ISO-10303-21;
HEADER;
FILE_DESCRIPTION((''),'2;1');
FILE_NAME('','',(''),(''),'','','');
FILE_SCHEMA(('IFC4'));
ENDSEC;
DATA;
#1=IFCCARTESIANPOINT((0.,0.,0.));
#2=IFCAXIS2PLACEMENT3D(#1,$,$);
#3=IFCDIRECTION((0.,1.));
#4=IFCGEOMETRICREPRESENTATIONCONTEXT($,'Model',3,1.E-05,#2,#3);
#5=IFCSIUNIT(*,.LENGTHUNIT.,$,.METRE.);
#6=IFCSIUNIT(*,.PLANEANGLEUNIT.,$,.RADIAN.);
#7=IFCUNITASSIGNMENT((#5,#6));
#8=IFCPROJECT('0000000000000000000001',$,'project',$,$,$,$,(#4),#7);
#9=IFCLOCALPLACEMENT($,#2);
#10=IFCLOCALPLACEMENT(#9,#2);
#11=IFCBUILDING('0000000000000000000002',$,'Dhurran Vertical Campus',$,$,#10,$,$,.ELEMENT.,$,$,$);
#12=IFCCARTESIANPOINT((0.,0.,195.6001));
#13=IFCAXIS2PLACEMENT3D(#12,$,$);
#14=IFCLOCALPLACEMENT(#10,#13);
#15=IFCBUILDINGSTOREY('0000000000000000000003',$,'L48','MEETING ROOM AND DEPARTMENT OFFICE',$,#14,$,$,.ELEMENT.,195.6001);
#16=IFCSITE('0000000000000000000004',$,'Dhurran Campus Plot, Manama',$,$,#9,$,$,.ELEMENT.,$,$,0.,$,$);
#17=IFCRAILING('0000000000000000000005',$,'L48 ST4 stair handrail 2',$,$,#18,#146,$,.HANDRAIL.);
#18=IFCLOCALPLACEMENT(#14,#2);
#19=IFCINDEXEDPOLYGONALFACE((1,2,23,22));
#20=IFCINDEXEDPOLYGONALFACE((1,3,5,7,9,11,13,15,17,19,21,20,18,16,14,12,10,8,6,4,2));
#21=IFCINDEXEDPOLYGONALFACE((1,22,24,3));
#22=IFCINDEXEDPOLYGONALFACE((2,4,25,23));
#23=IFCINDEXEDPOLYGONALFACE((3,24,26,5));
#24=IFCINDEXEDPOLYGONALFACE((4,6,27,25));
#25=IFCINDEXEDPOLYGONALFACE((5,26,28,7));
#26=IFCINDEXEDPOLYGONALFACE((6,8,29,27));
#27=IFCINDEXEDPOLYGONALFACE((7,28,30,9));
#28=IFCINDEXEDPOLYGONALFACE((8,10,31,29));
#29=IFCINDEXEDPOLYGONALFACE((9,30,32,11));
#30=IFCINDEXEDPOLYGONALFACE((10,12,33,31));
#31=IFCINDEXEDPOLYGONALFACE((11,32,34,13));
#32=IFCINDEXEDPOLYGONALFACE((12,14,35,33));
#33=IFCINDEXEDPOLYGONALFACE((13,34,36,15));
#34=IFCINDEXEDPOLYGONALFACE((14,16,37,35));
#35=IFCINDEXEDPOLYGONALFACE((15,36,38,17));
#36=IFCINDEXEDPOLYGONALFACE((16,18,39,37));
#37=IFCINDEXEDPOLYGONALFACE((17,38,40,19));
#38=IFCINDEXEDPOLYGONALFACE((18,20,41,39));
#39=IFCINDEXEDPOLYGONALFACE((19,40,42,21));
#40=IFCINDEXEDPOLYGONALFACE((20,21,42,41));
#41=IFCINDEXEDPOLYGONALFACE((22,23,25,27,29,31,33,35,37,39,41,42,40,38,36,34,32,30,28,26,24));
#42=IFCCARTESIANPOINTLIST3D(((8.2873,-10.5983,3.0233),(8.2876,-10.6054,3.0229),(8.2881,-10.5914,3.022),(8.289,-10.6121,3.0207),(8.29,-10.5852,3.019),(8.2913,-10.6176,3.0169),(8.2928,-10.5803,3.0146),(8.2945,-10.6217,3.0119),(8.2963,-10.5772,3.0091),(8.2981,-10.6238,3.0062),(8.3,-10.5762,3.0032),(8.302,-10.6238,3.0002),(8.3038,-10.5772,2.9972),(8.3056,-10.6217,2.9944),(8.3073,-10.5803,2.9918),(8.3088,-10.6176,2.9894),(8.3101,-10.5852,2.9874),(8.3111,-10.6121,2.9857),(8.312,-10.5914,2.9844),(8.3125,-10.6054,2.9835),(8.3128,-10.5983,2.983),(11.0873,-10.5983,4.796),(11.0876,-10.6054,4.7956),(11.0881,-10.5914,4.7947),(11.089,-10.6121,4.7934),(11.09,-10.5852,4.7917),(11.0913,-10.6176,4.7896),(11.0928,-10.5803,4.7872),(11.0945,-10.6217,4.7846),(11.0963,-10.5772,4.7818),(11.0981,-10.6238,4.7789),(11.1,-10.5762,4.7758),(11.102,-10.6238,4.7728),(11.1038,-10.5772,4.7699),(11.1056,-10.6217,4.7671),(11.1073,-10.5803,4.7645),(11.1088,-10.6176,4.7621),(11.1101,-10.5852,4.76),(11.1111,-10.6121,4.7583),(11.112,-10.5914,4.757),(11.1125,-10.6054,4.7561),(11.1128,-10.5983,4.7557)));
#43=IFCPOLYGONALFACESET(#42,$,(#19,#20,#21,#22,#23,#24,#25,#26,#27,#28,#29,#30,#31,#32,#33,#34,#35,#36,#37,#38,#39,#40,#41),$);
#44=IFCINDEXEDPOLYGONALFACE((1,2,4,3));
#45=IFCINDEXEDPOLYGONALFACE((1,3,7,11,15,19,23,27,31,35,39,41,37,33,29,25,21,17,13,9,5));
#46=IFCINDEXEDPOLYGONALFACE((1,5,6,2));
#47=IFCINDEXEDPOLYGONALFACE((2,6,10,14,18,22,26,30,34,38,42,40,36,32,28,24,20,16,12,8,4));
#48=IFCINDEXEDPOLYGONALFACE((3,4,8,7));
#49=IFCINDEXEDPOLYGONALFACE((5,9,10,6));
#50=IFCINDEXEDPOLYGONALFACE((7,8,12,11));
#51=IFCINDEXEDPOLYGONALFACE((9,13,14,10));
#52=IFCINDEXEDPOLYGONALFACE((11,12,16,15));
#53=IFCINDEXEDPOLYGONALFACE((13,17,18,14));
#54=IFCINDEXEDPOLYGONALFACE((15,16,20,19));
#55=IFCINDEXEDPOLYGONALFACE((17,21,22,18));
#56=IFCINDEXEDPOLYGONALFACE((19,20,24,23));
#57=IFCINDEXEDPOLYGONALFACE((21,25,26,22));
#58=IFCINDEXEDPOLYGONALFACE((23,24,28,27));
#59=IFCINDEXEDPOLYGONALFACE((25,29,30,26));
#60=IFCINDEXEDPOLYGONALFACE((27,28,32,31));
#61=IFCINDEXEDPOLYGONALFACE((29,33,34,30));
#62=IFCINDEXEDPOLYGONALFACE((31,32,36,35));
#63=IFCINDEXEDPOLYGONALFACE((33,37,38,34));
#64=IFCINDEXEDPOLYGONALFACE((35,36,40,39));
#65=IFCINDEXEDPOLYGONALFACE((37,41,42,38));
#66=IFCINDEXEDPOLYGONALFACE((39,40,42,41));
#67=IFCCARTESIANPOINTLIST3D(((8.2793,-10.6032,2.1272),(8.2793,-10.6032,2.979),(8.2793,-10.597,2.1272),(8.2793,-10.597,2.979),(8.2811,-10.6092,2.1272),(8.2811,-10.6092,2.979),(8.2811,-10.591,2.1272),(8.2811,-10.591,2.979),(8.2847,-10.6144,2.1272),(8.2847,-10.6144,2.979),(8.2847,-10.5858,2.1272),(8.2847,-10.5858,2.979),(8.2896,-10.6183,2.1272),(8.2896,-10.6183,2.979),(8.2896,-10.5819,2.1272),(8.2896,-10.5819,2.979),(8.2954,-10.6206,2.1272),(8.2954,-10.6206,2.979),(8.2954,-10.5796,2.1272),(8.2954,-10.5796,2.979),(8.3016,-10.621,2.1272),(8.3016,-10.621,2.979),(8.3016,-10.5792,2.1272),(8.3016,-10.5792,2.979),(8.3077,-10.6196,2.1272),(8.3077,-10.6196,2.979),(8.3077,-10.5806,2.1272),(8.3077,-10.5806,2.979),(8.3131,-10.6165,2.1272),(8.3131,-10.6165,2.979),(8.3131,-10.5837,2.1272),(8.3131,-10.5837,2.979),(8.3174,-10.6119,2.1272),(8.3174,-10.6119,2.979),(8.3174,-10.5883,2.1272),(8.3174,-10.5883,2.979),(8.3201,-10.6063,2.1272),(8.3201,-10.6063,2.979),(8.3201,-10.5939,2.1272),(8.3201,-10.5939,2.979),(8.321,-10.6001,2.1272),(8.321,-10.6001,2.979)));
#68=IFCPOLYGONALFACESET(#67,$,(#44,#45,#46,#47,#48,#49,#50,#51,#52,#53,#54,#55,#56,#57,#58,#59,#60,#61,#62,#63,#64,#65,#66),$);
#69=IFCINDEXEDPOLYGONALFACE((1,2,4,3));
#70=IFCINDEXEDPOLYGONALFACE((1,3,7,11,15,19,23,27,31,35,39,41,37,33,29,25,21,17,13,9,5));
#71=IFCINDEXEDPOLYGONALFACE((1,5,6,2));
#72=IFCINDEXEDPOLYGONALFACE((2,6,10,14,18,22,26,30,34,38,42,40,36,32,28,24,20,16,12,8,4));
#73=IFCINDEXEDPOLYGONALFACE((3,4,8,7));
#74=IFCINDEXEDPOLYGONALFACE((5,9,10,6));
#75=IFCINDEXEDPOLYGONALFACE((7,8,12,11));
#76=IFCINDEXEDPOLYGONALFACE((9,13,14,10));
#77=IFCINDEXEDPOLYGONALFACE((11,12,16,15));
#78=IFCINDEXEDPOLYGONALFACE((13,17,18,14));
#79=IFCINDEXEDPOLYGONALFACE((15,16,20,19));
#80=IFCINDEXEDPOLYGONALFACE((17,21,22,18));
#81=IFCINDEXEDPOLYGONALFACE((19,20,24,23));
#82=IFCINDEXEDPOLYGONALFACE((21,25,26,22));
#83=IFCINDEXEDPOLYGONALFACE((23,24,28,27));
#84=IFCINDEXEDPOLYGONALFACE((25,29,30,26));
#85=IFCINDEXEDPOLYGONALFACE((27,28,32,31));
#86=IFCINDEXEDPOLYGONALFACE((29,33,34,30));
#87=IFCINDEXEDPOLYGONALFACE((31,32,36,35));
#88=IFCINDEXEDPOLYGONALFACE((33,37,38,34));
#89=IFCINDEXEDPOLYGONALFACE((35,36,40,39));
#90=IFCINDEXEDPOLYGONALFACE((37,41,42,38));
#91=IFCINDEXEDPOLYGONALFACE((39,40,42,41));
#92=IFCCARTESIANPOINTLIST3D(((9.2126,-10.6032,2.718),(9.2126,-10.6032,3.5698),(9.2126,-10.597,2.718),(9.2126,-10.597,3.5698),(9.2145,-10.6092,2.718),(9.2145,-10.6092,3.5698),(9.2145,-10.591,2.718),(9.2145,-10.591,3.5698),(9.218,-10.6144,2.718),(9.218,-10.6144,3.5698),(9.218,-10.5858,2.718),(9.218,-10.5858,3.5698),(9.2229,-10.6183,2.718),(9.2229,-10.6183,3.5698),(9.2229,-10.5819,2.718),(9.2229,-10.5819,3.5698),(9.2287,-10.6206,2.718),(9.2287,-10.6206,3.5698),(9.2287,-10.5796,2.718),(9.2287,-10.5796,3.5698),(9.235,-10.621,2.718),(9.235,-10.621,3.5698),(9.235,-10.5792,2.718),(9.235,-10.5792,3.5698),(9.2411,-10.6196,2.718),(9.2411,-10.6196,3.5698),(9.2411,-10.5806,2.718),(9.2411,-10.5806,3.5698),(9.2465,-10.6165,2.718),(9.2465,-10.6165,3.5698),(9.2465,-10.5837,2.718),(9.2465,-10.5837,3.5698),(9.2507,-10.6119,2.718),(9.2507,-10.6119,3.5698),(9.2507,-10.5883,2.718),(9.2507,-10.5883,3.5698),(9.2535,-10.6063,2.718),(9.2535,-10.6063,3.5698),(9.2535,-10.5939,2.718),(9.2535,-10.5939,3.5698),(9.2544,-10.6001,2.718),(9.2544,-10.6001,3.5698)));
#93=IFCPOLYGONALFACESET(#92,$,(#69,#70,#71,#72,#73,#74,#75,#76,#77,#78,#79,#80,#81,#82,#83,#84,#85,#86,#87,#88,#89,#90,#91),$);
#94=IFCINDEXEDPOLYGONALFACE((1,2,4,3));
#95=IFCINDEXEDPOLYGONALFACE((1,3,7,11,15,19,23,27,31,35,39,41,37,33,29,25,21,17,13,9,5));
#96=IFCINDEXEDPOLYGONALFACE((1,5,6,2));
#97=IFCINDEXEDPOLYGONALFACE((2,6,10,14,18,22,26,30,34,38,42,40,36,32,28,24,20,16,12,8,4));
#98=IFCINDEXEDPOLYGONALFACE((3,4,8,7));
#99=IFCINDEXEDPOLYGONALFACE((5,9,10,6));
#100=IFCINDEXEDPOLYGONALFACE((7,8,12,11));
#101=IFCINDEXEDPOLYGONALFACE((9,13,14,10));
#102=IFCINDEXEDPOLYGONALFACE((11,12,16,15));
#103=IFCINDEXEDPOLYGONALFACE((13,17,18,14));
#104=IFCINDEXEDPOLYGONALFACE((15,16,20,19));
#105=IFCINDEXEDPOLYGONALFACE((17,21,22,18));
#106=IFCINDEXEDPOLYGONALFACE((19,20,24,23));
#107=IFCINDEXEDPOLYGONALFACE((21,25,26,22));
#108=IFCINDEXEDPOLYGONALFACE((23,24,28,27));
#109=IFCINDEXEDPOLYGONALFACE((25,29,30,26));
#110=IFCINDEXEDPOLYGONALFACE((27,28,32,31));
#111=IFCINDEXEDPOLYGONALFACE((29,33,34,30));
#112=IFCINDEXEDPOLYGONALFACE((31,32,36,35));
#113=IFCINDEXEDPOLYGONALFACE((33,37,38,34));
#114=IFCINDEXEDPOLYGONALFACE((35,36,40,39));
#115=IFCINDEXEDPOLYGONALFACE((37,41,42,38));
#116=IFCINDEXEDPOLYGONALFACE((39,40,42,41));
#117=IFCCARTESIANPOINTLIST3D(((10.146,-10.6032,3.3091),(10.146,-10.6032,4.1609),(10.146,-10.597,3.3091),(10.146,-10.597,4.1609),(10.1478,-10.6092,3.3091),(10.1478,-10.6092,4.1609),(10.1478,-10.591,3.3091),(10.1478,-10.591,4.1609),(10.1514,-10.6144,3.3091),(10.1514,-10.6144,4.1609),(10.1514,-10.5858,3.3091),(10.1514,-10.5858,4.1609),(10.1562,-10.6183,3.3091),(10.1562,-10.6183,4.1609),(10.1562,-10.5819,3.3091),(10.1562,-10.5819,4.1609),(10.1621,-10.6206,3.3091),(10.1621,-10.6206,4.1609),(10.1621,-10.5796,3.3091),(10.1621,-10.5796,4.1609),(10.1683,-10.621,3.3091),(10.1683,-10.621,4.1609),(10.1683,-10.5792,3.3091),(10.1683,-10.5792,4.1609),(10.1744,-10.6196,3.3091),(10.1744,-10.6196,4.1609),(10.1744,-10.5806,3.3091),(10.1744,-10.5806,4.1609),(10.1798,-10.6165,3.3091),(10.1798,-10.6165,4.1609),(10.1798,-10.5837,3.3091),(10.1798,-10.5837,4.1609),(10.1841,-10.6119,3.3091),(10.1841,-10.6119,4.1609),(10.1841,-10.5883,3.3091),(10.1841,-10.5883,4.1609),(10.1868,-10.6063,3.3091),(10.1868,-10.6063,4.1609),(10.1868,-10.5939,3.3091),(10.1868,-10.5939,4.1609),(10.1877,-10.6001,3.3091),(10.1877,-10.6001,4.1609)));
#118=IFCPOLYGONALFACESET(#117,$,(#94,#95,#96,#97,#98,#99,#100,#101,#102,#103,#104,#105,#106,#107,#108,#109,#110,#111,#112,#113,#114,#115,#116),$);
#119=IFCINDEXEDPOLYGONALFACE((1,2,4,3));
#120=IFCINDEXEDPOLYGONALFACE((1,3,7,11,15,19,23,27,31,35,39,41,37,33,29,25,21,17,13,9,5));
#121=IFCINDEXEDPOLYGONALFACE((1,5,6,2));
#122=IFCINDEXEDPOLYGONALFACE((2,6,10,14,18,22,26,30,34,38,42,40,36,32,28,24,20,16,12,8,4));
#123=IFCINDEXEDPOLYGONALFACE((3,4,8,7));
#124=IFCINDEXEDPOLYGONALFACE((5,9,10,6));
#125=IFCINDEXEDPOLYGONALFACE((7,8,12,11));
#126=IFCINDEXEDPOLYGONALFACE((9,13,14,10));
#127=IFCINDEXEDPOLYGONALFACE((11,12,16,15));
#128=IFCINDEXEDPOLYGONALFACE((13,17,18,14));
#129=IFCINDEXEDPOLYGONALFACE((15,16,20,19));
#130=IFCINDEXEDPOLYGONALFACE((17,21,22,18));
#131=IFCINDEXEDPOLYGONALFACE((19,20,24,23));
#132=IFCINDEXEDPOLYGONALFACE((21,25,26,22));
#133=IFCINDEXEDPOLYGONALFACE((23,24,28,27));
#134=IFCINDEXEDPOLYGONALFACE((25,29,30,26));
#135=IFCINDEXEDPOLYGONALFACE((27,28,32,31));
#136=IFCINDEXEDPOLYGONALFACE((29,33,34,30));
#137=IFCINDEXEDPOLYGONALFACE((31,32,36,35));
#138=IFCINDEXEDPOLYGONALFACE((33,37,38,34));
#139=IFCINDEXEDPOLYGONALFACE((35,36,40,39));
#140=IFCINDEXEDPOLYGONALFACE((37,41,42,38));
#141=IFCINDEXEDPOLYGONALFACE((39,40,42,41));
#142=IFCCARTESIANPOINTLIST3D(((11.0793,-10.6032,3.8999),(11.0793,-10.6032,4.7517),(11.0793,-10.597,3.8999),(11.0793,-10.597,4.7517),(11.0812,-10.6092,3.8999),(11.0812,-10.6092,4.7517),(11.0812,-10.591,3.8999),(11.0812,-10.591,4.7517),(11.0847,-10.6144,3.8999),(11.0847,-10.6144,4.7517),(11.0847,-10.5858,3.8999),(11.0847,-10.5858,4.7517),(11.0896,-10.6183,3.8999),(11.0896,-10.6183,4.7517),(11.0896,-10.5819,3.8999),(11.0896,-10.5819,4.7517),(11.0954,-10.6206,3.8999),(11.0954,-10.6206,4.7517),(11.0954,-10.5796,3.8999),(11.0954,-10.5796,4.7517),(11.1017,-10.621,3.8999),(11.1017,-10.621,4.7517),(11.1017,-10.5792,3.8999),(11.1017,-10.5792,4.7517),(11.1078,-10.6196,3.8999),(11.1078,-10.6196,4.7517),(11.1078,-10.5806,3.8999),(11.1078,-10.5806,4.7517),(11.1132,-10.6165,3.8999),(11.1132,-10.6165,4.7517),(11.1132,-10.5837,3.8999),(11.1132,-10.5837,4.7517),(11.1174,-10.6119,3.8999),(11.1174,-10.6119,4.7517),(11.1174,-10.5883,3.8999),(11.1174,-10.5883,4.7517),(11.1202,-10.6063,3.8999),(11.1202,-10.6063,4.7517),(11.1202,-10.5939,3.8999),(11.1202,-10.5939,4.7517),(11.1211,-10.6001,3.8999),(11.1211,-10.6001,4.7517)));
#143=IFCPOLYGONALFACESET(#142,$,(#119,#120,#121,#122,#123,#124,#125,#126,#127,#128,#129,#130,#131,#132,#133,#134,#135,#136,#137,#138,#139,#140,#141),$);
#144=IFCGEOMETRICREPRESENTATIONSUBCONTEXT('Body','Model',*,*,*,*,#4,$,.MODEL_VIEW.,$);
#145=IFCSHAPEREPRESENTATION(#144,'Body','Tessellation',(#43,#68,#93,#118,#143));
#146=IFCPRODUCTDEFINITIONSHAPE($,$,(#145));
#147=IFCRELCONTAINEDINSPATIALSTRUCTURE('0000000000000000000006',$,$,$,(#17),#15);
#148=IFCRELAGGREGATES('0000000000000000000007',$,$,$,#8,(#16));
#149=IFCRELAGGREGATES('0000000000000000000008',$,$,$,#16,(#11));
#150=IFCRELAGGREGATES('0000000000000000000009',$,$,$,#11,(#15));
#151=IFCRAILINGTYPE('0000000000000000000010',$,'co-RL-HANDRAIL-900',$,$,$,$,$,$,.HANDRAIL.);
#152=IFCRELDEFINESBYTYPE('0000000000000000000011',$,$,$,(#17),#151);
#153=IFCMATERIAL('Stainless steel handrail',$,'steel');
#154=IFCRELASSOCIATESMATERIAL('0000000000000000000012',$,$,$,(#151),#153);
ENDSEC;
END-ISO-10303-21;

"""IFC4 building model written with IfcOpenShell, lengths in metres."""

from ifc_helpers import new_model, si_unit, direction, frame, origin, origin_2d, place, context, subcontext, project, spatial, circle, extrude, material, type_object, element, save


model = new_model("IFC4")

# Units and contexts
model_context = context("Model", 3, precision=1e-05, world=origin(), true_north=direction((0.0, 1.0)))
body_context = subcontext(model_context, "Body", "Model", "MODEL_VIEW")
ifc_project = project(units=[si_unit("LENGTHUNIT", "METRE"), si_unit("PLANEANGLEUNIT", "RADIAN")], contexts=[model_context])

# Site, building, storey
site_placement = place(None, origin())
site = spatial("IfcSite", under=ifc_project, at=site_placement, Name="Dhurran Campus Plot, Manama", CompositionType="ELEMENT", RefElevation=0.0)
building_placement = place(site_placement, origin())
building = spatial("IfcBuilding", under=site, at=building_placement, Name="Dhurran Vertical Campus", CompositionType="ELEMENT")
storey_placement = place(building_placement, frame((0.0, 0.0, 195.6001)))
storey = spatial("IfcBuildingStorey", under=building, at=storey_placement, Name="L48", Description="MEETING ROOM AND DEPARTMENT OFFICE", CompositionType="ELEMENT", Elevation=195.6001)

# Railing
ifc_material_1 = material(Name="Stainless steel handrail", Category="steel")
railing_type_1 = type_object("IfcRailingType", Name="co-RL-HANDRAIL-900", PredefinedType="HANDRAIL", material=ifc_material_1)
railing_1_placement = place(storey_placement, frame((8.3, -10.6001, 2.1272)))
element("IfcRailing", 1, at=railing_1_placement, inside=storey, type_object=railing_type_1, Name="L48 ST4 stair handrail 2", PredefinedType="HANDRAIL", context=body_context, shape_type="SweptSolid", body=[
    extrude(circle(Radius=0.0239, at=origin_2d()), frame((0.0, 0.0, 0.876), z_axis=(0.844909, 0.0, 0.53491), x_axis=(0.0, 1.0, 0.0)), (0.0, 0.0, 1.0), 3.314),
    extrude(circle(Radius=0.021, at=origin_2d()), origin(), (0.0, 0.0, 1.0), 0.8518),
    extrude(circle(Radius=0.021, at=origin_2d()), frame((0.9333, 0.0, 0.5908)), (0.0, 0.0, 1.0), 0.8518),
    extrude(circle(Radius=0.021, at=origin_2d()), frame((1.8667, 0.0, 1.1819)), (0.0, 0.0, 1.0), 0.8518),
    extrude(circle(Radius=0.021, at=origin_2d()), frame((2.8, 0.0, 1.7727)), (0.0, 0.0, 1.0), 0.8518),
])

save(model, "model.ifc")
